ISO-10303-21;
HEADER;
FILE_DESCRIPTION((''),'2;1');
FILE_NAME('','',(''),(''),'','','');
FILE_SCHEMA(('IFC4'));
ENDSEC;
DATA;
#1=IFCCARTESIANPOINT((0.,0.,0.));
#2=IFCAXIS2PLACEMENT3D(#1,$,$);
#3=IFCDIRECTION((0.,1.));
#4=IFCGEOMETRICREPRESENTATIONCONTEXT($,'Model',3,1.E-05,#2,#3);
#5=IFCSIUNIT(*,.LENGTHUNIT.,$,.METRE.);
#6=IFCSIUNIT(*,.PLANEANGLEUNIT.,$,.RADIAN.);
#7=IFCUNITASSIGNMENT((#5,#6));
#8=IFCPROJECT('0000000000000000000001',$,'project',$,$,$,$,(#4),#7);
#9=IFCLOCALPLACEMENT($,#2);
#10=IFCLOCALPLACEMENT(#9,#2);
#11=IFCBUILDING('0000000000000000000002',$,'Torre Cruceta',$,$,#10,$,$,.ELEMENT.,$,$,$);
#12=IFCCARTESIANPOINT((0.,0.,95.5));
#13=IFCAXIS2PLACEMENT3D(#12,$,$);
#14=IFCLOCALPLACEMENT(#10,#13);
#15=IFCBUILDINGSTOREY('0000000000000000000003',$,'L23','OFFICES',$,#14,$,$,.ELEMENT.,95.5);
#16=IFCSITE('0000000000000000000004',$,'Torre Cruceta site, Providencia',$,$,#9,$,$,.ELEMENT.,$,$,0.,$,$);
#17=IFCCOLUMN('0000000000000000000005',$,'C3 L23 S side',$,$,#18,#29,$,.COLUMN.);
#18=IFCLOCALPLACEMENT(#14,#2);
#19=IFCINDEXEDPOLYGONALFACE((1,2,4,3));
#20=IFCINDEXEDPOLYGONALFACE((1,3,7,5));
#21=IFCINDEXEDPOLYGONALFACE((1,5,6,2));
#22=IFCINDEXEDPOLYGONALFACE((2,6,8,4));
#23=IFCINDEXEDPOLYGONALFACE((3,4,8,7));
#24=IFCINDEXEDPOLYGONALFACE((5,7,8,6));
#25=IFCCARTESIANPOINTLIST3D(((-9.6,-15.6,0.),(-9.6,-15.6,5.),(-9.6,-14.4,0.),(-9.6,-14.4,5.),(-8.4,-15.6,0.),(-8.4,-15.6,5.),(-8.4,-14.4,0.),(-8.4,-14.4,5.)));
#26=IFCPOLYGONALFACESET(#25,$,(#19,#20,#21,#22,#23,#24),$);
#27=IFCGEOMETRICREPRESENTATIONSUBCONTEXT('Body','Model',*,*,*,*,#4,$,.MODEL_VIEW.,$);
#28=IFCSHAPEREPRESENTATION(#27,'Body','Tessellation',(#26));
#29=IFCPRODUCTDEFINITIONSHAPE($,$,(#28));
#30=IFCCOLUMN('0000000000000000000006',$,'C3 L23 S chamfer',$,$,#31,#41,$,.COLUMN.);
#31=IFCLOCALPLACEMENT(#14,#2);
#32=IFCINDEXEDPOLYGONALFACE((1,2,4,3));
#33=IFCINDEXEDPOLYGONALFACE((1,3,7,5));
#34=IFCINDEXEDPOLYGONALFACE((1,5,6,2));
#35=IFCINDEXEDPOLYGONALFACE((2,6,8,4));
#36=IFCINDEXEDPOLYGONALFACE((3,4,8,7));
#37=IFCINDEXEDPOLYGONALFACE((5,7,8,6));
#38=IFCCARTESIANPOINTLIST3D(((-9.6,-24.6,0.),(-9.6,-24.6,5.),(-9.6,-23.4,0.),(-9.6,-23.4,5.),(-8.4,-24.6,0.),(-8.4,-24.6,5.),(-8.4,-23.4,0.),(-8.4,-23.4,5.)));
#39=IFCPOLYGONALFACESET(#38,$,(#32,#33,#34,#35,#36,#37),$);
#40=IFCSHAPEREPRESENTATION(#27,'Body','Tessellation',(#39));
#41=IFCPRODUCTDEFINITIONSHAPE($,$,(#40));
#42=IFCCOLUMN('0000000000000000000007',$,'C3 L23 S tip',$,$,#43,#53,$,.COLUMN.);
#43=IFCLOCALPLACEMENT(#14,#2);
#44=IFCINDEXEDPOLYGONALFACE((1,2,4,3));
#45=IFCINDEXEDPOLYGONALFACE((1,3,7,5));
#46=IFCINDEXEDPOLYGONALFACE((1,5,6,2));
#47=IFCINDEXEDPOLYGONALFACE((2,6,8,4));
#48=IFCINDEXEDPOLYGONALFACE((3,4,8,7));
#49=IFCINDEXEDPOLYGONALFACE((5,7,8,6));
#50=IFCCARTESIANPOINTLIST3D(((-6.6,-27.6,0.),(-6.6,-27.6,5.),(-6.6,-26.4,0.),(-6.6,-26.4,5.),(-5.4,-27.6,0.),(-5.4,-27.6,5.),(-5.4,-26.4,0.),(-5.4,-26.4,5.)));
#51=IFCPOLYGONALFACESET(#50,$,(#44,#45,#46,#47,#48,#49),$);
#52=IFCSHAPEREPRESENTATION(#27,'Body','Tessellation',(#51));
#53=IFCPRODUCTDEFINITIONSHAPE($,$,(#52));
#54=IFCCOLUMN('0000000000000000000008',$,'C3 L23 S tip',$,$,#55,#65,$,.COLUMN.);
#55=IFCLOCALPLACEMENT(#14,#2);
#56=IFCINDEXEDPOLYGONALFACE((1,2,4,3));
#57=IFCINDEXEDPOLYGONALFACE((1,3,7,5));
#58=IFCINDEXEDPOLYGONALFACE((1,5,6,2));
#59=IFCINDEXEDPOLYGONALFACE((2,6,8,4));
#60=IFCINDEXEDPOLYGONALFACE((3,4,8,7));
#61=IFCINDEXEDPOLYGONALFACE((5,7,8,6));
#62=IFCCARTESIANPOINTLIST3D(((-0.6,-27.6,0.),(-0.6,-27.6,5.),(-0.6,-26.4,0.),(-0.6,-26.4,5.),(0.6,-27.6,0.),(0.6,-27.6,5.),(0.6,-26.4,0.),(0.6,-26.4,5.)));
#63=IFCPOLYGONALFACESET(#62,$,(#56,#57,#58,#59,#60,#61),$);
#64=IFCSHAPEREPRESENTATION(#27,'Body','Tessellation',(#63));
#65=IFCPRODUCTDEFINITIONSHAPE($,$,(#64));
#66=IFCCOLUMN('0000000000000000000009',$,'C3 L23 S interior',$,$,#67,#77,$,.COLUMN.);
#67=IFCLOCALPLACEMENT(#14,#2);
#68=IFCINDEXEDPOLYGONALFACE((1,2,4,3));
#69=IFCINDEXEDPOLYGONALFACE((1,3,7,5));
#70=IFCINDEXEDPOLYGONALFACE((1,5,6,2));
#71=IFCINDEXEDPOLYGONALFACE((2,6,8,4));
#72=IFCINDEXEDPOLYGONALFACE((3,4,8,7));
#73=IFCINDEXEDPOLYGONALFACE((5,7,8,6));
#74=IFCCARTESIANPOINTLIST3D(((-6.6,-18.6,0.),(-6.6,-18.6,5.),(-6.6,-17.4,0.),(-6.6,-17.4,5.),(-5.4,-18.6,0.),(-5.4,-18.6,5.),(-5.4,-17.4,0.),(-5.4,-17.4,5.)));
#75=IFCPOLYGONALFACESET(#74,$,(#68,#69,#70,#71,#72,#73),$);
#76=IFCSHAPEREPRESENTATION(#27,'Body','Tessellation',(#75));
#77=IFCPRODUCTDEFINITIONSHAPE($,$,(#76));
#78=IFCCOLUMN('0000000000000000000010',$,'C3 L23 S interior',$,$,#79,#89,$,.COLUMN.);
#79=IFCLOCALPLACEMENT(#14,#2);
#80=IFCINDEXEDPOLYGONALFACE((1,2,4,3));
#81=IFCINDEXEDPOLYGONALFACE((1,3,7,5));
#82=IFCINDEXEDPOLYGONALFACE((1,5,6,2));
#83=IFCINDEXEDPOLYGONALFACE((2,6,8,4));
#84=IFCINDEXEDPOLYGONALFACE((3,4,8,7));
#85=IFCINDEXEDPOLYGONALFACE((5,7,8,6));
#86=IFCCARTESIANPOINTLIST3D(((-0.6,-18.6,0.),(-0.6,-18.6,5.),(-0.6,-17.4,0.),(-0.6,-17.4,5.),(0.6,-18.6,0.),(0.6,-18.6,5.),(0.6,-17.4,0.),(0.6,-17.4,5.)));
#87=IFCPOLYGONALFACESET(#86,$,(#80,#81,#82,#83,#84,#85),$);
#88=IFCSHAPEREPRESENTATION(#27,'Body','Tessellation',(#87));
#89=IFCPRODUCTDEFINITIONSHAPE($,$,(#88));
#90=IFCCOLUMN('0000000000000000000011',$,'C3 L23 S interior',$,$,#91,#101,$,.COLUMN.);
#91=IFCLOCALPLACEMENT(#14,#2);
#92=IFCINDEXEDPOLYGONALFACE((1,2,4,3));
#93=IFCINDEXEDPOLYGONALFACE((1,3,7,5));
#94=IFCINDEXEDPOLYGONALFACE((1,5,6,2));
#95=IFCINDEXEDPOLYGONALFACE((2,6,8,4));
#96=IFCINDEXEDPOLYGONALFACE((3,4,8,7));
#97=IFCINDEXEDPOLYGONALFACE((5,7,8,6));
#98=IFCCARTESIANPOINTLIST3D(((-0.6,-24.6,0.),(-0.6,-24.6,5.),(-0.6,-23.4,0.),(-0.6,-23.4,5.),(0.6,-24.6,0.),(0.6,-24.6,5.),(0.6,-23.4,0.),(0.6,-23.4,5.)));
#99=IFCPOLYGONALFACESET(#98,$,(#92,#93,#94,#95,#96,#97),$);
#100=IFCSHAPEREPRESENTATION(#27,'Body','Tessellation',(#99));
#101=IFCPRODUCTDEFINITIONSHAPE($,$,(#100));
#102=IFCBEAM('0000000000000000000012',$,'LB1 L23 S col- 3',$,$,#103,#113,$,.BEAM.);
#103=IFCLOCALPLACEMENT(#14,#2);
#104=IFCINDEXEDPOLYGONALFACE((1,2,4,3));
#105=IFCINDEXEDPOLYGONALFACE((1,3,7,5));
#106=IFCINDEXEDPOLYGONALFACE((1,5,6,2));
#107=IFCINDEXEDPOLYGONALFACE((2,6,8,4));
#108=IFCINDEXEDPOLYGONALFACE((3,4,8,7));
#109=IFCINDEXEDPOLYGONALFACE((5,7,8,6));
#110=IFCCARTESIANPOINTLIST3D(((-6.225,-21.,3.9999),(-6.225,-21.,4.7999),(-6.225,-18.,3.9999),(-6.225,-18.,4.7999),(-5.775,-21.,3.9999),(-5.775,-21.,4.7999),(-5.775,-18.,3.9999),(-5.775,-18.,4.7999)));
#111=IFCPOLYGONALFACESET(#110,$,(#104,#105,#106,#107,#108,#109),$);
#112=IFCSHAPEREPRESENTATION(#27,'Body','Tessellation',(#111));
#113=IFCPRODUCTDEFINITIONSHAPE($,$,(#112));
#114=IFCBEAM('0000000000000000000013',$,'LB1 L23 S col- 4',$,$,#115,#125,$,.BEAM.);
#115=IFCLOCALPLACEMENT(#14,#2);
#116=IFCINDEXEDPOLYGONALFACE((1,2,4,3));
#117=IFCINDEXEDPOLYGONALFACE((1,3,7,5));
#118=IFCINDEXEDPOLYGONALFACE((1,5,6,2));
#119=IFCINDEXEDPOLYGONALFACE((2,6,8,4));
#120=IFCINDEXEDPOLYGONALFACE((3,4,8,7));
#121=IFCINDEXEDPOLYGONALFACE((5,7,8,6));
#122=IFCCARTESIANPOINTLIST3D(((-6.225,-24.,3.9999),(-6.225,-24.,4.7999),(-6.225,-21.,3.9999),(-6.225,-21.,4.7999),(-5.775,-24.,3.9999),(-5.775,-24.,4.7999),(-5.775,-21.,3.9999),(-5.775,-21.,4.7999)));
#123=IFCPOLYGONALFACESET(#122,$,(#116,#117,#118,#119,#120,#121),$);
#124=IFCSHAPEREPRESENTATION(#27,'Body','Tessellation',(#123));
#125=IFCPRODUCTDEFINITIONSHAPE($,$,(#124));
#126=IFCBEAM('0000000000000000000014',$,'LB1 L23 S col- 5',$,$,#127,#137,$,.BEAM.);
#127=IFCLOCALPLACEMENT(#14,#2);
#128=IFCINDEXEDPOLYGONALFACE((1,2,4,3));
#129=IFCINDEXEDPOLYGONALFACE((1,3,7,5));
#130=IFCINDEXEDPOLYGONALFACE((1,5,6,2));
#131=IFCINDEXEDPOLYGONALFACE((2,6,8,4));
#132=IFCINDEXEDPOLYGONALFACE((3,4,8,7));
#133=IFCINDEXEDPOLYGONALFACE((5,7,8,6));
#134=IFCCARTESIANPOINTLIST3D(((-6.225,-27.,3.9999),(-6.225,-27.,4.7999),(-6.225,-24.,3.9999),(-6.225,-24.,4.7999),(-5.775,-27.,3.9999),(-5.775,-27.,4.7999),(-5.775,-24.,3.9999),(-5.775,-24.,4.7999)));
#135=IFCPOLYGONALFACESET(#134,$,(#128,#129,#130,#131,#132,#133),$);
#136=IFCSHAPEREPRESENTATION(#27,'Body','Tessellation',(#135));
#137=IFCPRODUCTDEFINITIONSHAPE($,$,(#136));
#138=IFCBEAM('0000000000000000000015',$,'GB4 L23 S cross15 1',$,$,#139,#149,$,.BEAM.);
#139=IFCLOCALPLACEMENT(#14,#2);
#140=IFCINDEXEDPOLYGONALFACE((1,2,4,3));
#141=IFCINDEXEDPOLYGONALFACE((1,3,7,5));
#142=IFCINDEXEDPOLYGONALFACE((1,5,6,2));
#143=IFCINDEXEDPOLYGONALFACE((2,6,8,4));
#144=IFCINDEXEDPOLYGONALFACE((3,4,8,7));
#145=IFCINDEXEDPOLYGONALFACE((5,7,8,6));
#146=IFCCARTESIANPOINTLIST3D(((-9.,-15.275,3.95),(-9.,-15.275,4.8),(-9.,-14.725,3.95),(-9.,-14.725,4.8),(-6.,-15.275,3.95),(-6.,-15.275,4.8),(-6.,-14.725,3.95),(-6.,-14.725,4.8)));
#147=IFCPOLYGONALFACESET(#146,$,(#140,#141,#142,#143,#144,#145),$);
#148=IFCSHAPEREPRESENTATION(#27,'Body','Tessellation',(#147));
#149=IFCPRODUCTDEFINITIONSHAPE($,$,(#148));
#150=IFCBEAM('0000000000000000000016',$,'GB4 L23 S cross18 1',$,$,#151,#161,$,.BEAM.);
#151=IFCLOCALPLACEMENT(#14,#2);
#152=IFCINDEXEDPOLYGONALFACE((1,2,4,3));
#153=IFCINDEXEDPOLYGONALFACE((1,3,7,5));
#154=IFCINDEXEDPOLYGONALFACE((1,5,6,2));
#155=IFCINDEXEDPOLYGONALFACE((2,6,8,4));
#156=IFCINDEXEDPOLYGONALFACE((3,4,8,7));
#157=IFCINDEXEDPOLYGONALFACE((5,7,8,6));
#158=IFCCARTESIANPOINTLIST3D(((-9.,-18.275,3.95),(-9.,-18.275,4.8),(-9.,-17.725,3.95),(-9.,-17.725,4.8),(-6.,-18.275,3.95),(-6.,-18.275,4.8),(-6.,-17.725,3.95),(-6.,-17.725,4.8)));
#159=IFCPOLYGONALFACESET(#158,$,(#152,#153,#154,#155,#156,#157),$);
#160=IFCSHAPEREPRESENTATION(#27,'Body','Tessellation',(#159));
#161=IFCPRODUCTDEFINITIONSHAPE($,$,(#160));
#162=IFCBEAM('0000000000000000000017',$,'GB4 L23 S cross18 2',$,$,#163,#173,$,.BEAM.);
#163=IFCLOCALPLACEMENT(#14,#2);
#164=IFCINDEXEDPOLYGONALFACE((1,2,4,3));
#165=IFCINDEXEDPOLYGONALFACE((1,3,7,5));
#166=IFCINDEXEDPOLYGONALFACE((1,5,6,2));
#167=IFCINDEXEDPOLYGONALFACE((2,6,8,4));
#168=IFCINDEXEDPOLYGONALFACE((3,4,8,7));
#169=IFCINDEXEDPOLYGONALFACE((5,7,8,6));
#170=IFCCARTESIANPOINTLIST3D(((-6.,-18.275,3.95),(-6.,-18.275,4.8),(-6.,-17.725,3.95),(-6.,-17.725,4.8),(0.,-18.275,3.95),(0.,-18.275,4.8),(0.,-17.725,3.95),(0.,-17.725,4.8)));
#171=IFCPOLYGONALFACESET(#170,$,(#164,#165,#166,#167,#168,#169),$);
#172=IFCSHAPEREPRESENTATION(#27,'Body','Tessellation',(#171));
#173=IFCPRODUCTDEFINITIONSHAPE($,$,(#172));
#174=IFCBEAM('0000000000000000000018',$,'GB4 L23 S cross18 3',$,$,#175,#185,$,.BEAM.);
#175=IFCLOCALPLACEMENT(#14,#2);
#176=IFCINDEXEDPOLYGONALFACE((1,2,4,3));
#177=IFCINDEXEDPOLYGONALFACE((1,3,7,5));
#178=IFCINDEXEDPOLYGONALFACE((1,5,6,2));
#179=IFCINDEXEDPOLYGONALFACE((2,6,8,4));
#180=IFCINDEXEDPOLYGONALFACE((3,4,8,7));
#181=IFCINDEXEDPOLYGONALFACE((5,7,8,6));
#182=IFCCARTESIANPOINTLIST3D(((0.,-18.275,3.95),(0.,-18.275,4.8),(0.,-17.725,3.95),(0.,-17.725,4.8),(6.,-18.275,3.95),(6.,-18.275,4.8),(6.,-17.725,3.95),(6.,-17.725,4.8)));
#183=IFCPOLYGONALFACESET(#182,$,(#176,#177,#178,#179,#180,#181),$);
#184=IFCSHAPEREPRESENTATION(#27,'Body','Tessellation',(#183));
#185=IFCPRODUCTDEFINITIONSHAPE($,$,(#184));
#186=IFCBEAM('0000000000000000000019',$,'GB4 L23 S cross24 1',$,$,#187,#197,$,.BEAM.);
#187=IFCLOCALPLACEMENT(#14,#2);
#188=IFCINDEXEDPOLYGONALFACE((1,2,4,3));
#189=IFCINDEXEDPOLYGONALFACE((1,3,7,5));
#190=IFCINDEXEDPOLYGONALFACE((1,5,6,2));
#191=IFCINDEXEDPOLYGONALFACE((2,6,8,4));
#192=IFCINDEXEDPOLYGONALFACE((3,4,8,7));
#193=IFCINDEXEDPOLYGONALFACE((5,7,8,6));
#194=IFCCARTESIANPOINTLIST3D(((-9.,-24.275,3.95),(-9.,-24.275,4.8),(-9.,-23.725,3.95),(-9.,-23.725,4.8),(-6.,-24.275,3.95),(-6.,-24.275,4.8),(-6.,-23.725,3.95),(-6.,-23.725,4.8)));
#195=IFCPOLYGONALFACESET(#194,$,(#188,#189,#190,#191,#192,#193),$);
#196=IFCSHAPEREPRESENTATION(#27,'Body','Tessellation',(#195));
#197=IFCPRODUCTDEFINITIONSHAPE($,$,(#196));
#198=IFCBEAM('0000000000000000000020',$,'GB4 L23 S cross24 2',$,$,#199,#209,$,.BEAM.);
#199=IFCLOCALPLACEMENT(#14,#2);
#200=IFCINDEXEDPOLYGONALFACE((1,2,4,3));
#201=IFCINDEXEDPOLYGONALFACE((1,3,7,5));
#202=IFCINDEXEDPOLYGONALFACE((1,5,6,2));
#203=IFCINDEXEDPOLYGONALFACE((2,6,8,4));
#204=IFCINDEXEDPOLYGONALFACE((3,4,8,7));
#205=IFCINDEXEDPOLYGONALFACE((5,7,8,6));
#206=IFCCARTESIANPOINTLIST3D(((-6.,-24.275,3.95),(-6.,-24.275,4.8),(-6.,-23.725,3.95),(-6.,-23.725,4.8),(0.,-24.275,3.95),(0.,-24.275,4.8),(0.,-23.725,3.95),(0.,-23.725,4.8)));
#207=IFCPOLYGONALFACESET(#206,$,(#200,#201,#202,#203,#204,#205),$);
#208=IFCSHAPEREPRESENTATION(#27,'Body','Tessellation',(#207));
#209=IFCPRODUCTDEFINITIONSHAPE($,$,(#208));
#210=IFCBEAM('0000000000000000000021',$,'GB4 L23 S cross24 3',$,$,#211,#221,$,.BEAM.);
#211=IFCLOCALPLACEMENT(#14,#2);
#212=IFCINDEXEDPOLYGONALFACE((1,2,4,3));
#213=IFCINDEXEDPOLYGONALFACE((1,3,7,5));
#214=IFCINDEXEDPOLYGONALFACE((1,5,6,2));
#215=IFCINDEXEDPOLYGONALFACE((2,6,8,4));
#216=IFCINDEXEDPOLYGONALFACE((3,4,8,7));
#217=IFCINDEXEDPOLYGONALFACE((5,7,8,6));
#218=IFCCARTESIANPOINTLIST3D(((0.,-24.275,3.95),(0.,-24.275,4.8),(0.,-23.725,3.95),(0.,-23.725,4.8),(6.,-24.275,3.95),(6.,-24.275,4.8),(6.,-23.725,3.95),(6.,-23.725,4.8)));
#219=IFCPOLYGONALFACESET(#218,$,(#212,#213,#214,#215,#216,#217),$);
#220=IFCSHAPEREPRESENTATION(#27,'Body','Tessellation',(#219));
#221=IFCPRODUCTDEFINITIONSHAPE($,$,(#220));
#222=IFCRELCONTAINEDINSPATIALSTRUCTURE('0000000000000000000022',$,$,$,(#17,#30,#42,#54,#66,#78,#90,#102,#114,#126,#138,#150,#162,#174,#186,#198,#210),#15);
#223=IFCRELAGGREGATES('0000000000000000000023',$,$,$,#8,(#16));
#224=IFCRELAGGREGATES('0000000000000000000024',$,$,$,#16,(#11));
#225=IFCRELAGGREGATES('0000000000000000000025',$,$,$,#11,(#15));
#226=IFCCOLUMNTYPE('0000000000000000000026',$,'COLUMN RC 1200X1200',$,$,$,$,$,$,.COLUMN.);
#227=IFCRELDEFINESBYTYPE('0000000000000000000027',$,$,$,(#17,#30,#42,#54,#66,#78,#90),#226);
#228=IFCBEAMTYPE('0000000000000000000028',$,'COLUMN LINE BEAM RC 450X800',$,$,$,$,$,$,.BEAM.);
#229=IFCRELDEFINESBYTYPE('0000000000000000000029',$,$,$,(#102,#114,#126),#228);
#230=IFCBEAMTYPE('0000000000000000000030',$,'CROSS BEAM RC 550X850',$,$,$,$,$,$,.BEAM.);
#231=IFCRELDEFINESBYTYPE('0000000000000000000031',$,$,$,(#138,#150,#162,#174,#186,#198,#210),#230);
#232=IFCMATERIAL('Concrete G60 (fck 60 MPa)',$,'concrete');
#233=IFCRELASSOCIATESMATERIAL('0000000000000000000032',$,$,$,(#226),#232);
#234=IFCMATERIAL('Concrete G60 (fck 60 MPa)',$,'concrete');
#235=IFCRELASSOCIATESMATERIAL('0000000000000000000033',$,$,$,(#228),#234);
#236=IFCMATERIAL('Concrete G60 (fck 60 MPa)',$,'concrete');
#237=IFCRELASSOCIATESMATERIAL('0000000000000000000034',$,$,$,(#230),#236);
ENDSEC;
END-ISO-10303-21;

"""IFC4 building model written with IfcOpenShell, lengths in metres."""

from ifc_helpers import new_model, si_unit, direction, frame, origin, origin_2d, place, context, subcontext, project, spatial, rectangle, extrude, material, material_profile, profile_set, type_object, element, save


model = new_model("IFC4")

# Units and contexts
model_context = context("Model", 3, precision=1e-05, world=origin(), true_north=direction((0.0, 1.0)))
body_context = subcontext(model_context, "Body", "Model", "MODEL_VIEW")
ifc_project = project(units=[si_unit("LENGTHUNIT", "METRE"), si_unit("PLANEANGLEUNIT", "RADIAN")], contexts=[model_context])

# Site, building, storey
site_placement = place(None, origin())
site = spatial("IfcSite", under=ifc_project, at=site_placement, Name="Torre Cruceta site, Providencia", CompositionType="ELEMENT", RefElevation=0.0)
building_placement = place(site_placement, origin())
building = spatial("IfcBuilding", under=site, at=building_placement, Name="Torre Cruceta", CompositionType="ELEMENT")
storey_placement = place(building_placement, frame((0.0, 0.0, 95.5)))
storey = spatial("IfcBuildingStorey", under=building, at=storey_placement, Name="L23", Description="OFFICES", CompositionType="ELEMENT", Elevation=95.5)

# Columns
ifc_material_1 = material(Name="Concrete G60 (fck 60 MPa)", Category="concrete")
ifc_material_profile_1 = material_profile(ifc_material_1, rectangle(XDim=1.2, YDim=1.2, at=origin_2d()), Name="RC 1200X1200")
ifc_profile_set_1 = profile_set([ifc_material_profile_1], Name="Concrete G60 (fck 60 MPa)")
column_type = type_object("IfcColumnType", Name="COLUMN RC 1200X1200", PredefinedType="COLUMN", material=ifc_profile_set_1)
for number, where, z_axis, x_axis, name in (
    (1, (-9.0, -15.0, 0.0), (0.0, 0.0, 1.0), (1.0, 0.0, 0.0), "C3 L23 S side"),
    (2, (-9.0, -24.0, 0.0), (0.0, 0.0, 1.0), (1.0, 0.0, 0.0), "C3 L23 S chamfer"),
    (3, (-6.0, -27.0, 0.0), (0.0, 0.0, 1.0), (1.0, 0.0, 0.0), "C3 L23 S tip"),
    (4, (0.0, -27.0, 0.0), (0.0, 0.0, 1.0), (1.0, 0.0, 0.0), "C3 L23 S tip"),
    (5, (-6.0, -18.0, 0.0), (0.0, 0.0, 1.0), (1.0, 0.0, 0.0), "C3 L23 S interior"),
    (6, (0.0, -18.0, 0.0), (0.0, 0.0, 1.0), (1.0, 0.0, 0.0), "C3 L23 S interior"),
    (7, (0.0, -24.0, 0.0), (0.0, 0.0, 1.0), (1.0, 0.0, 0.0), "C3 L23 S interior"),
):
    element("IfcColumn", number, at=place(storey_placement, frame(where, z_axis=z_axis, x_axis=x_axis)), inside=storey, type_object=column_type, Name=name, PredefinedType="COLUMN", context=body_context, shape_type="SweptSolid", body=[
        extrude(rectangle(XDim=1.2, YDim=1.2, at=origin_2d()), origin(), (0.0, 0.0, 1.0), 5.0),
    ])

# Beams
ifc_material_2 = material(Name="Concrete G60 (fck 60 MPa)", Category="concrete")
ifc_material_profile_2 = material_profile(ifc_material_2, rectangle(XDim=0.45, YDim=0.8, at=origin_2d()), Name="RC 450X800")
ifc_profile_set_2 = profile_set([ifc_material_profile_2], Name="Concrete G60 (fck 60 MPa)")
beam_type_1 = type_object("IfcBeamType", Name="COLUMN LINE BEAM RC 450X800", PredefinedType="BEAM", material=ifc_profile_set_2)
for number, where, z_axis, x_axis, name in (
    (8, (-6.0, -18.0, 4.3999), (0.0, -1.0, 0.0), (1.0, 0.0, 0.0), "LB1 L23 S col- 3"),
    (9, (-6.0, -21.0, 4.3999), (0.0, -1.0, 0.0), (1.0, 0.0, 0.0), "LB1 L23 S col- 4"),
    (10, (-6.0, -24.0, 4.3999), (0.0, -1.0, 0.0), (1.0, 0.0, 0.0), "LB1 L23 S col- 5"),
):
    element("IfcBeam", number, at=place(storey_placement, frame(where, z_axis=z_axis, x_axis=x_axis)), inside=storey, type_object=beam_type_1, Name=name, PredefinedType="BEAM", context=body_context, shape_type="SweptSolid", body=[
        extrude(rectangle(XDim=0.45, YDim=0.8, at=origin_2d()), origin(), (0.0, 0.0, 1.0), 3.0),
    ])
ifc_material_3 = material(Name="Concrete G60 (fck 60 MPa)", Category="concrete")
ifc_material_profile_3 = material_profile(ifc_material_3, rectangle(XDim=0.55, YDim=0.8501, at=origin_2d()), Name="RC 550X850")
ifc_profile_set_3 = profile_set([ifc_material_profile_3], Name="Concrete G60 (fck 60 MPa)")
beam_type_2 = type_object("IfcBeamType", Name="CROSS BEAM RC 550X850", PredefinedType="BEAM", material=ifc_profile_set_3)
for number, where, z_axis, x_axis, name in (
    (11, (-9.0, -15.0, 4.375), (1.0, 0.0, 0.0), (0.0, 1.0, 0.0), "GB4 L23 S cross15 1"),
    (12, (-9.0, -18.0, 4.375), (1.0, 0.0, 0.0), (0.0, 1.0, 0.0), "GB4 L23 S cross18 1"),
):
    element("IfcBeam", number, at=place(storey_placement, frame(where, z_axis=z_axis, x_axis=x_axis)), inside=storey, type_object=beam_type_2, Name=name, PredefinedType="BEAM", context=body_context, shape_type="SweptSolid", body=[
        extrude(rectangle(XDim=0.55, YDim=0.8501, at=origin_2d()), origin(), (0.0, 0.0, 1.0), 3.0),
    ])
for number, where, z_axis, x_axis, name in (
    (13, (-6.0, -18.0, 4.375), (1.0, 0.0, 0.0), (0.0, 1.0, 0.0), "GB4 L23 S cross18 2"),
    (14, (0.0, -18.0, 4.375), (1.0, 0.0, 0.0), (0.0, 1.0, 0.0), "GB4 L23 S cross18 3"),
):
    element("IfcBeam", number, at=place(storey_placement, frame(where, z_axis=z_axis, x_axis=x_axis)), inside=storey, type_object=beam_type_2, Name=name, PredefinedType="BEAM", context=body_context, shape_type="SweptSolid", body=[
        extrude(rectangle(XDim=0.55, YDim=0.8501, at=origin_2d()), origin(), (0.0, 0.0, 1.0), 6.0),
    ])
beam_1_placement = place(storey_placement, frame((-9.0, -24.0, 4.375), z_axis=(1.0, 0.0, 0.0), x_axis=(0.0, 1.0, 0.0)))
element("IfcBeam", 15, at=beam_1_placement, inside=storey, type_object=beam_type_2, Name="GB4 L23 S cross24 1", PredefinedType="BEAM", context=body_context, shape_type="SweptSolid", body=[
    extrude(rectangle(XDim=0.55, YDim=0.8501, at=origin_2d()), origin(), (0.0, 0.0, 1.0), 3.0),
])
for number, where, z_axis, x_axis, name in (
    (16, (-6.0, -24.0, 4.375), (1.0, 0.0, 0.0), (0.0, 1.0, 0.0), "GB4 L23 S cross24 2"),
    (17, (0.0, -24.0, 4.375), (1.0, 0.0, 0.0), (0.0, 1.0, 0.0), "GB4 L23 S cross24 3"),
):
    element("IfcBeam", number, at=place(storey_placement, frame(where, z_axis=z_axis, x_axis=x_axis)), inside=storey, type_object=beam_type_2, Name=name, PredefinedType="BEAM", context=body_context, shape_type="SweptSolid", body=[
        extrude(rectangle(XDim=0.55, YDim=0.8501, at=origin_2d()), origin(), (0.0, 0.0, 1.0), 6.0),
    ])

save(model, "model.ifc")
